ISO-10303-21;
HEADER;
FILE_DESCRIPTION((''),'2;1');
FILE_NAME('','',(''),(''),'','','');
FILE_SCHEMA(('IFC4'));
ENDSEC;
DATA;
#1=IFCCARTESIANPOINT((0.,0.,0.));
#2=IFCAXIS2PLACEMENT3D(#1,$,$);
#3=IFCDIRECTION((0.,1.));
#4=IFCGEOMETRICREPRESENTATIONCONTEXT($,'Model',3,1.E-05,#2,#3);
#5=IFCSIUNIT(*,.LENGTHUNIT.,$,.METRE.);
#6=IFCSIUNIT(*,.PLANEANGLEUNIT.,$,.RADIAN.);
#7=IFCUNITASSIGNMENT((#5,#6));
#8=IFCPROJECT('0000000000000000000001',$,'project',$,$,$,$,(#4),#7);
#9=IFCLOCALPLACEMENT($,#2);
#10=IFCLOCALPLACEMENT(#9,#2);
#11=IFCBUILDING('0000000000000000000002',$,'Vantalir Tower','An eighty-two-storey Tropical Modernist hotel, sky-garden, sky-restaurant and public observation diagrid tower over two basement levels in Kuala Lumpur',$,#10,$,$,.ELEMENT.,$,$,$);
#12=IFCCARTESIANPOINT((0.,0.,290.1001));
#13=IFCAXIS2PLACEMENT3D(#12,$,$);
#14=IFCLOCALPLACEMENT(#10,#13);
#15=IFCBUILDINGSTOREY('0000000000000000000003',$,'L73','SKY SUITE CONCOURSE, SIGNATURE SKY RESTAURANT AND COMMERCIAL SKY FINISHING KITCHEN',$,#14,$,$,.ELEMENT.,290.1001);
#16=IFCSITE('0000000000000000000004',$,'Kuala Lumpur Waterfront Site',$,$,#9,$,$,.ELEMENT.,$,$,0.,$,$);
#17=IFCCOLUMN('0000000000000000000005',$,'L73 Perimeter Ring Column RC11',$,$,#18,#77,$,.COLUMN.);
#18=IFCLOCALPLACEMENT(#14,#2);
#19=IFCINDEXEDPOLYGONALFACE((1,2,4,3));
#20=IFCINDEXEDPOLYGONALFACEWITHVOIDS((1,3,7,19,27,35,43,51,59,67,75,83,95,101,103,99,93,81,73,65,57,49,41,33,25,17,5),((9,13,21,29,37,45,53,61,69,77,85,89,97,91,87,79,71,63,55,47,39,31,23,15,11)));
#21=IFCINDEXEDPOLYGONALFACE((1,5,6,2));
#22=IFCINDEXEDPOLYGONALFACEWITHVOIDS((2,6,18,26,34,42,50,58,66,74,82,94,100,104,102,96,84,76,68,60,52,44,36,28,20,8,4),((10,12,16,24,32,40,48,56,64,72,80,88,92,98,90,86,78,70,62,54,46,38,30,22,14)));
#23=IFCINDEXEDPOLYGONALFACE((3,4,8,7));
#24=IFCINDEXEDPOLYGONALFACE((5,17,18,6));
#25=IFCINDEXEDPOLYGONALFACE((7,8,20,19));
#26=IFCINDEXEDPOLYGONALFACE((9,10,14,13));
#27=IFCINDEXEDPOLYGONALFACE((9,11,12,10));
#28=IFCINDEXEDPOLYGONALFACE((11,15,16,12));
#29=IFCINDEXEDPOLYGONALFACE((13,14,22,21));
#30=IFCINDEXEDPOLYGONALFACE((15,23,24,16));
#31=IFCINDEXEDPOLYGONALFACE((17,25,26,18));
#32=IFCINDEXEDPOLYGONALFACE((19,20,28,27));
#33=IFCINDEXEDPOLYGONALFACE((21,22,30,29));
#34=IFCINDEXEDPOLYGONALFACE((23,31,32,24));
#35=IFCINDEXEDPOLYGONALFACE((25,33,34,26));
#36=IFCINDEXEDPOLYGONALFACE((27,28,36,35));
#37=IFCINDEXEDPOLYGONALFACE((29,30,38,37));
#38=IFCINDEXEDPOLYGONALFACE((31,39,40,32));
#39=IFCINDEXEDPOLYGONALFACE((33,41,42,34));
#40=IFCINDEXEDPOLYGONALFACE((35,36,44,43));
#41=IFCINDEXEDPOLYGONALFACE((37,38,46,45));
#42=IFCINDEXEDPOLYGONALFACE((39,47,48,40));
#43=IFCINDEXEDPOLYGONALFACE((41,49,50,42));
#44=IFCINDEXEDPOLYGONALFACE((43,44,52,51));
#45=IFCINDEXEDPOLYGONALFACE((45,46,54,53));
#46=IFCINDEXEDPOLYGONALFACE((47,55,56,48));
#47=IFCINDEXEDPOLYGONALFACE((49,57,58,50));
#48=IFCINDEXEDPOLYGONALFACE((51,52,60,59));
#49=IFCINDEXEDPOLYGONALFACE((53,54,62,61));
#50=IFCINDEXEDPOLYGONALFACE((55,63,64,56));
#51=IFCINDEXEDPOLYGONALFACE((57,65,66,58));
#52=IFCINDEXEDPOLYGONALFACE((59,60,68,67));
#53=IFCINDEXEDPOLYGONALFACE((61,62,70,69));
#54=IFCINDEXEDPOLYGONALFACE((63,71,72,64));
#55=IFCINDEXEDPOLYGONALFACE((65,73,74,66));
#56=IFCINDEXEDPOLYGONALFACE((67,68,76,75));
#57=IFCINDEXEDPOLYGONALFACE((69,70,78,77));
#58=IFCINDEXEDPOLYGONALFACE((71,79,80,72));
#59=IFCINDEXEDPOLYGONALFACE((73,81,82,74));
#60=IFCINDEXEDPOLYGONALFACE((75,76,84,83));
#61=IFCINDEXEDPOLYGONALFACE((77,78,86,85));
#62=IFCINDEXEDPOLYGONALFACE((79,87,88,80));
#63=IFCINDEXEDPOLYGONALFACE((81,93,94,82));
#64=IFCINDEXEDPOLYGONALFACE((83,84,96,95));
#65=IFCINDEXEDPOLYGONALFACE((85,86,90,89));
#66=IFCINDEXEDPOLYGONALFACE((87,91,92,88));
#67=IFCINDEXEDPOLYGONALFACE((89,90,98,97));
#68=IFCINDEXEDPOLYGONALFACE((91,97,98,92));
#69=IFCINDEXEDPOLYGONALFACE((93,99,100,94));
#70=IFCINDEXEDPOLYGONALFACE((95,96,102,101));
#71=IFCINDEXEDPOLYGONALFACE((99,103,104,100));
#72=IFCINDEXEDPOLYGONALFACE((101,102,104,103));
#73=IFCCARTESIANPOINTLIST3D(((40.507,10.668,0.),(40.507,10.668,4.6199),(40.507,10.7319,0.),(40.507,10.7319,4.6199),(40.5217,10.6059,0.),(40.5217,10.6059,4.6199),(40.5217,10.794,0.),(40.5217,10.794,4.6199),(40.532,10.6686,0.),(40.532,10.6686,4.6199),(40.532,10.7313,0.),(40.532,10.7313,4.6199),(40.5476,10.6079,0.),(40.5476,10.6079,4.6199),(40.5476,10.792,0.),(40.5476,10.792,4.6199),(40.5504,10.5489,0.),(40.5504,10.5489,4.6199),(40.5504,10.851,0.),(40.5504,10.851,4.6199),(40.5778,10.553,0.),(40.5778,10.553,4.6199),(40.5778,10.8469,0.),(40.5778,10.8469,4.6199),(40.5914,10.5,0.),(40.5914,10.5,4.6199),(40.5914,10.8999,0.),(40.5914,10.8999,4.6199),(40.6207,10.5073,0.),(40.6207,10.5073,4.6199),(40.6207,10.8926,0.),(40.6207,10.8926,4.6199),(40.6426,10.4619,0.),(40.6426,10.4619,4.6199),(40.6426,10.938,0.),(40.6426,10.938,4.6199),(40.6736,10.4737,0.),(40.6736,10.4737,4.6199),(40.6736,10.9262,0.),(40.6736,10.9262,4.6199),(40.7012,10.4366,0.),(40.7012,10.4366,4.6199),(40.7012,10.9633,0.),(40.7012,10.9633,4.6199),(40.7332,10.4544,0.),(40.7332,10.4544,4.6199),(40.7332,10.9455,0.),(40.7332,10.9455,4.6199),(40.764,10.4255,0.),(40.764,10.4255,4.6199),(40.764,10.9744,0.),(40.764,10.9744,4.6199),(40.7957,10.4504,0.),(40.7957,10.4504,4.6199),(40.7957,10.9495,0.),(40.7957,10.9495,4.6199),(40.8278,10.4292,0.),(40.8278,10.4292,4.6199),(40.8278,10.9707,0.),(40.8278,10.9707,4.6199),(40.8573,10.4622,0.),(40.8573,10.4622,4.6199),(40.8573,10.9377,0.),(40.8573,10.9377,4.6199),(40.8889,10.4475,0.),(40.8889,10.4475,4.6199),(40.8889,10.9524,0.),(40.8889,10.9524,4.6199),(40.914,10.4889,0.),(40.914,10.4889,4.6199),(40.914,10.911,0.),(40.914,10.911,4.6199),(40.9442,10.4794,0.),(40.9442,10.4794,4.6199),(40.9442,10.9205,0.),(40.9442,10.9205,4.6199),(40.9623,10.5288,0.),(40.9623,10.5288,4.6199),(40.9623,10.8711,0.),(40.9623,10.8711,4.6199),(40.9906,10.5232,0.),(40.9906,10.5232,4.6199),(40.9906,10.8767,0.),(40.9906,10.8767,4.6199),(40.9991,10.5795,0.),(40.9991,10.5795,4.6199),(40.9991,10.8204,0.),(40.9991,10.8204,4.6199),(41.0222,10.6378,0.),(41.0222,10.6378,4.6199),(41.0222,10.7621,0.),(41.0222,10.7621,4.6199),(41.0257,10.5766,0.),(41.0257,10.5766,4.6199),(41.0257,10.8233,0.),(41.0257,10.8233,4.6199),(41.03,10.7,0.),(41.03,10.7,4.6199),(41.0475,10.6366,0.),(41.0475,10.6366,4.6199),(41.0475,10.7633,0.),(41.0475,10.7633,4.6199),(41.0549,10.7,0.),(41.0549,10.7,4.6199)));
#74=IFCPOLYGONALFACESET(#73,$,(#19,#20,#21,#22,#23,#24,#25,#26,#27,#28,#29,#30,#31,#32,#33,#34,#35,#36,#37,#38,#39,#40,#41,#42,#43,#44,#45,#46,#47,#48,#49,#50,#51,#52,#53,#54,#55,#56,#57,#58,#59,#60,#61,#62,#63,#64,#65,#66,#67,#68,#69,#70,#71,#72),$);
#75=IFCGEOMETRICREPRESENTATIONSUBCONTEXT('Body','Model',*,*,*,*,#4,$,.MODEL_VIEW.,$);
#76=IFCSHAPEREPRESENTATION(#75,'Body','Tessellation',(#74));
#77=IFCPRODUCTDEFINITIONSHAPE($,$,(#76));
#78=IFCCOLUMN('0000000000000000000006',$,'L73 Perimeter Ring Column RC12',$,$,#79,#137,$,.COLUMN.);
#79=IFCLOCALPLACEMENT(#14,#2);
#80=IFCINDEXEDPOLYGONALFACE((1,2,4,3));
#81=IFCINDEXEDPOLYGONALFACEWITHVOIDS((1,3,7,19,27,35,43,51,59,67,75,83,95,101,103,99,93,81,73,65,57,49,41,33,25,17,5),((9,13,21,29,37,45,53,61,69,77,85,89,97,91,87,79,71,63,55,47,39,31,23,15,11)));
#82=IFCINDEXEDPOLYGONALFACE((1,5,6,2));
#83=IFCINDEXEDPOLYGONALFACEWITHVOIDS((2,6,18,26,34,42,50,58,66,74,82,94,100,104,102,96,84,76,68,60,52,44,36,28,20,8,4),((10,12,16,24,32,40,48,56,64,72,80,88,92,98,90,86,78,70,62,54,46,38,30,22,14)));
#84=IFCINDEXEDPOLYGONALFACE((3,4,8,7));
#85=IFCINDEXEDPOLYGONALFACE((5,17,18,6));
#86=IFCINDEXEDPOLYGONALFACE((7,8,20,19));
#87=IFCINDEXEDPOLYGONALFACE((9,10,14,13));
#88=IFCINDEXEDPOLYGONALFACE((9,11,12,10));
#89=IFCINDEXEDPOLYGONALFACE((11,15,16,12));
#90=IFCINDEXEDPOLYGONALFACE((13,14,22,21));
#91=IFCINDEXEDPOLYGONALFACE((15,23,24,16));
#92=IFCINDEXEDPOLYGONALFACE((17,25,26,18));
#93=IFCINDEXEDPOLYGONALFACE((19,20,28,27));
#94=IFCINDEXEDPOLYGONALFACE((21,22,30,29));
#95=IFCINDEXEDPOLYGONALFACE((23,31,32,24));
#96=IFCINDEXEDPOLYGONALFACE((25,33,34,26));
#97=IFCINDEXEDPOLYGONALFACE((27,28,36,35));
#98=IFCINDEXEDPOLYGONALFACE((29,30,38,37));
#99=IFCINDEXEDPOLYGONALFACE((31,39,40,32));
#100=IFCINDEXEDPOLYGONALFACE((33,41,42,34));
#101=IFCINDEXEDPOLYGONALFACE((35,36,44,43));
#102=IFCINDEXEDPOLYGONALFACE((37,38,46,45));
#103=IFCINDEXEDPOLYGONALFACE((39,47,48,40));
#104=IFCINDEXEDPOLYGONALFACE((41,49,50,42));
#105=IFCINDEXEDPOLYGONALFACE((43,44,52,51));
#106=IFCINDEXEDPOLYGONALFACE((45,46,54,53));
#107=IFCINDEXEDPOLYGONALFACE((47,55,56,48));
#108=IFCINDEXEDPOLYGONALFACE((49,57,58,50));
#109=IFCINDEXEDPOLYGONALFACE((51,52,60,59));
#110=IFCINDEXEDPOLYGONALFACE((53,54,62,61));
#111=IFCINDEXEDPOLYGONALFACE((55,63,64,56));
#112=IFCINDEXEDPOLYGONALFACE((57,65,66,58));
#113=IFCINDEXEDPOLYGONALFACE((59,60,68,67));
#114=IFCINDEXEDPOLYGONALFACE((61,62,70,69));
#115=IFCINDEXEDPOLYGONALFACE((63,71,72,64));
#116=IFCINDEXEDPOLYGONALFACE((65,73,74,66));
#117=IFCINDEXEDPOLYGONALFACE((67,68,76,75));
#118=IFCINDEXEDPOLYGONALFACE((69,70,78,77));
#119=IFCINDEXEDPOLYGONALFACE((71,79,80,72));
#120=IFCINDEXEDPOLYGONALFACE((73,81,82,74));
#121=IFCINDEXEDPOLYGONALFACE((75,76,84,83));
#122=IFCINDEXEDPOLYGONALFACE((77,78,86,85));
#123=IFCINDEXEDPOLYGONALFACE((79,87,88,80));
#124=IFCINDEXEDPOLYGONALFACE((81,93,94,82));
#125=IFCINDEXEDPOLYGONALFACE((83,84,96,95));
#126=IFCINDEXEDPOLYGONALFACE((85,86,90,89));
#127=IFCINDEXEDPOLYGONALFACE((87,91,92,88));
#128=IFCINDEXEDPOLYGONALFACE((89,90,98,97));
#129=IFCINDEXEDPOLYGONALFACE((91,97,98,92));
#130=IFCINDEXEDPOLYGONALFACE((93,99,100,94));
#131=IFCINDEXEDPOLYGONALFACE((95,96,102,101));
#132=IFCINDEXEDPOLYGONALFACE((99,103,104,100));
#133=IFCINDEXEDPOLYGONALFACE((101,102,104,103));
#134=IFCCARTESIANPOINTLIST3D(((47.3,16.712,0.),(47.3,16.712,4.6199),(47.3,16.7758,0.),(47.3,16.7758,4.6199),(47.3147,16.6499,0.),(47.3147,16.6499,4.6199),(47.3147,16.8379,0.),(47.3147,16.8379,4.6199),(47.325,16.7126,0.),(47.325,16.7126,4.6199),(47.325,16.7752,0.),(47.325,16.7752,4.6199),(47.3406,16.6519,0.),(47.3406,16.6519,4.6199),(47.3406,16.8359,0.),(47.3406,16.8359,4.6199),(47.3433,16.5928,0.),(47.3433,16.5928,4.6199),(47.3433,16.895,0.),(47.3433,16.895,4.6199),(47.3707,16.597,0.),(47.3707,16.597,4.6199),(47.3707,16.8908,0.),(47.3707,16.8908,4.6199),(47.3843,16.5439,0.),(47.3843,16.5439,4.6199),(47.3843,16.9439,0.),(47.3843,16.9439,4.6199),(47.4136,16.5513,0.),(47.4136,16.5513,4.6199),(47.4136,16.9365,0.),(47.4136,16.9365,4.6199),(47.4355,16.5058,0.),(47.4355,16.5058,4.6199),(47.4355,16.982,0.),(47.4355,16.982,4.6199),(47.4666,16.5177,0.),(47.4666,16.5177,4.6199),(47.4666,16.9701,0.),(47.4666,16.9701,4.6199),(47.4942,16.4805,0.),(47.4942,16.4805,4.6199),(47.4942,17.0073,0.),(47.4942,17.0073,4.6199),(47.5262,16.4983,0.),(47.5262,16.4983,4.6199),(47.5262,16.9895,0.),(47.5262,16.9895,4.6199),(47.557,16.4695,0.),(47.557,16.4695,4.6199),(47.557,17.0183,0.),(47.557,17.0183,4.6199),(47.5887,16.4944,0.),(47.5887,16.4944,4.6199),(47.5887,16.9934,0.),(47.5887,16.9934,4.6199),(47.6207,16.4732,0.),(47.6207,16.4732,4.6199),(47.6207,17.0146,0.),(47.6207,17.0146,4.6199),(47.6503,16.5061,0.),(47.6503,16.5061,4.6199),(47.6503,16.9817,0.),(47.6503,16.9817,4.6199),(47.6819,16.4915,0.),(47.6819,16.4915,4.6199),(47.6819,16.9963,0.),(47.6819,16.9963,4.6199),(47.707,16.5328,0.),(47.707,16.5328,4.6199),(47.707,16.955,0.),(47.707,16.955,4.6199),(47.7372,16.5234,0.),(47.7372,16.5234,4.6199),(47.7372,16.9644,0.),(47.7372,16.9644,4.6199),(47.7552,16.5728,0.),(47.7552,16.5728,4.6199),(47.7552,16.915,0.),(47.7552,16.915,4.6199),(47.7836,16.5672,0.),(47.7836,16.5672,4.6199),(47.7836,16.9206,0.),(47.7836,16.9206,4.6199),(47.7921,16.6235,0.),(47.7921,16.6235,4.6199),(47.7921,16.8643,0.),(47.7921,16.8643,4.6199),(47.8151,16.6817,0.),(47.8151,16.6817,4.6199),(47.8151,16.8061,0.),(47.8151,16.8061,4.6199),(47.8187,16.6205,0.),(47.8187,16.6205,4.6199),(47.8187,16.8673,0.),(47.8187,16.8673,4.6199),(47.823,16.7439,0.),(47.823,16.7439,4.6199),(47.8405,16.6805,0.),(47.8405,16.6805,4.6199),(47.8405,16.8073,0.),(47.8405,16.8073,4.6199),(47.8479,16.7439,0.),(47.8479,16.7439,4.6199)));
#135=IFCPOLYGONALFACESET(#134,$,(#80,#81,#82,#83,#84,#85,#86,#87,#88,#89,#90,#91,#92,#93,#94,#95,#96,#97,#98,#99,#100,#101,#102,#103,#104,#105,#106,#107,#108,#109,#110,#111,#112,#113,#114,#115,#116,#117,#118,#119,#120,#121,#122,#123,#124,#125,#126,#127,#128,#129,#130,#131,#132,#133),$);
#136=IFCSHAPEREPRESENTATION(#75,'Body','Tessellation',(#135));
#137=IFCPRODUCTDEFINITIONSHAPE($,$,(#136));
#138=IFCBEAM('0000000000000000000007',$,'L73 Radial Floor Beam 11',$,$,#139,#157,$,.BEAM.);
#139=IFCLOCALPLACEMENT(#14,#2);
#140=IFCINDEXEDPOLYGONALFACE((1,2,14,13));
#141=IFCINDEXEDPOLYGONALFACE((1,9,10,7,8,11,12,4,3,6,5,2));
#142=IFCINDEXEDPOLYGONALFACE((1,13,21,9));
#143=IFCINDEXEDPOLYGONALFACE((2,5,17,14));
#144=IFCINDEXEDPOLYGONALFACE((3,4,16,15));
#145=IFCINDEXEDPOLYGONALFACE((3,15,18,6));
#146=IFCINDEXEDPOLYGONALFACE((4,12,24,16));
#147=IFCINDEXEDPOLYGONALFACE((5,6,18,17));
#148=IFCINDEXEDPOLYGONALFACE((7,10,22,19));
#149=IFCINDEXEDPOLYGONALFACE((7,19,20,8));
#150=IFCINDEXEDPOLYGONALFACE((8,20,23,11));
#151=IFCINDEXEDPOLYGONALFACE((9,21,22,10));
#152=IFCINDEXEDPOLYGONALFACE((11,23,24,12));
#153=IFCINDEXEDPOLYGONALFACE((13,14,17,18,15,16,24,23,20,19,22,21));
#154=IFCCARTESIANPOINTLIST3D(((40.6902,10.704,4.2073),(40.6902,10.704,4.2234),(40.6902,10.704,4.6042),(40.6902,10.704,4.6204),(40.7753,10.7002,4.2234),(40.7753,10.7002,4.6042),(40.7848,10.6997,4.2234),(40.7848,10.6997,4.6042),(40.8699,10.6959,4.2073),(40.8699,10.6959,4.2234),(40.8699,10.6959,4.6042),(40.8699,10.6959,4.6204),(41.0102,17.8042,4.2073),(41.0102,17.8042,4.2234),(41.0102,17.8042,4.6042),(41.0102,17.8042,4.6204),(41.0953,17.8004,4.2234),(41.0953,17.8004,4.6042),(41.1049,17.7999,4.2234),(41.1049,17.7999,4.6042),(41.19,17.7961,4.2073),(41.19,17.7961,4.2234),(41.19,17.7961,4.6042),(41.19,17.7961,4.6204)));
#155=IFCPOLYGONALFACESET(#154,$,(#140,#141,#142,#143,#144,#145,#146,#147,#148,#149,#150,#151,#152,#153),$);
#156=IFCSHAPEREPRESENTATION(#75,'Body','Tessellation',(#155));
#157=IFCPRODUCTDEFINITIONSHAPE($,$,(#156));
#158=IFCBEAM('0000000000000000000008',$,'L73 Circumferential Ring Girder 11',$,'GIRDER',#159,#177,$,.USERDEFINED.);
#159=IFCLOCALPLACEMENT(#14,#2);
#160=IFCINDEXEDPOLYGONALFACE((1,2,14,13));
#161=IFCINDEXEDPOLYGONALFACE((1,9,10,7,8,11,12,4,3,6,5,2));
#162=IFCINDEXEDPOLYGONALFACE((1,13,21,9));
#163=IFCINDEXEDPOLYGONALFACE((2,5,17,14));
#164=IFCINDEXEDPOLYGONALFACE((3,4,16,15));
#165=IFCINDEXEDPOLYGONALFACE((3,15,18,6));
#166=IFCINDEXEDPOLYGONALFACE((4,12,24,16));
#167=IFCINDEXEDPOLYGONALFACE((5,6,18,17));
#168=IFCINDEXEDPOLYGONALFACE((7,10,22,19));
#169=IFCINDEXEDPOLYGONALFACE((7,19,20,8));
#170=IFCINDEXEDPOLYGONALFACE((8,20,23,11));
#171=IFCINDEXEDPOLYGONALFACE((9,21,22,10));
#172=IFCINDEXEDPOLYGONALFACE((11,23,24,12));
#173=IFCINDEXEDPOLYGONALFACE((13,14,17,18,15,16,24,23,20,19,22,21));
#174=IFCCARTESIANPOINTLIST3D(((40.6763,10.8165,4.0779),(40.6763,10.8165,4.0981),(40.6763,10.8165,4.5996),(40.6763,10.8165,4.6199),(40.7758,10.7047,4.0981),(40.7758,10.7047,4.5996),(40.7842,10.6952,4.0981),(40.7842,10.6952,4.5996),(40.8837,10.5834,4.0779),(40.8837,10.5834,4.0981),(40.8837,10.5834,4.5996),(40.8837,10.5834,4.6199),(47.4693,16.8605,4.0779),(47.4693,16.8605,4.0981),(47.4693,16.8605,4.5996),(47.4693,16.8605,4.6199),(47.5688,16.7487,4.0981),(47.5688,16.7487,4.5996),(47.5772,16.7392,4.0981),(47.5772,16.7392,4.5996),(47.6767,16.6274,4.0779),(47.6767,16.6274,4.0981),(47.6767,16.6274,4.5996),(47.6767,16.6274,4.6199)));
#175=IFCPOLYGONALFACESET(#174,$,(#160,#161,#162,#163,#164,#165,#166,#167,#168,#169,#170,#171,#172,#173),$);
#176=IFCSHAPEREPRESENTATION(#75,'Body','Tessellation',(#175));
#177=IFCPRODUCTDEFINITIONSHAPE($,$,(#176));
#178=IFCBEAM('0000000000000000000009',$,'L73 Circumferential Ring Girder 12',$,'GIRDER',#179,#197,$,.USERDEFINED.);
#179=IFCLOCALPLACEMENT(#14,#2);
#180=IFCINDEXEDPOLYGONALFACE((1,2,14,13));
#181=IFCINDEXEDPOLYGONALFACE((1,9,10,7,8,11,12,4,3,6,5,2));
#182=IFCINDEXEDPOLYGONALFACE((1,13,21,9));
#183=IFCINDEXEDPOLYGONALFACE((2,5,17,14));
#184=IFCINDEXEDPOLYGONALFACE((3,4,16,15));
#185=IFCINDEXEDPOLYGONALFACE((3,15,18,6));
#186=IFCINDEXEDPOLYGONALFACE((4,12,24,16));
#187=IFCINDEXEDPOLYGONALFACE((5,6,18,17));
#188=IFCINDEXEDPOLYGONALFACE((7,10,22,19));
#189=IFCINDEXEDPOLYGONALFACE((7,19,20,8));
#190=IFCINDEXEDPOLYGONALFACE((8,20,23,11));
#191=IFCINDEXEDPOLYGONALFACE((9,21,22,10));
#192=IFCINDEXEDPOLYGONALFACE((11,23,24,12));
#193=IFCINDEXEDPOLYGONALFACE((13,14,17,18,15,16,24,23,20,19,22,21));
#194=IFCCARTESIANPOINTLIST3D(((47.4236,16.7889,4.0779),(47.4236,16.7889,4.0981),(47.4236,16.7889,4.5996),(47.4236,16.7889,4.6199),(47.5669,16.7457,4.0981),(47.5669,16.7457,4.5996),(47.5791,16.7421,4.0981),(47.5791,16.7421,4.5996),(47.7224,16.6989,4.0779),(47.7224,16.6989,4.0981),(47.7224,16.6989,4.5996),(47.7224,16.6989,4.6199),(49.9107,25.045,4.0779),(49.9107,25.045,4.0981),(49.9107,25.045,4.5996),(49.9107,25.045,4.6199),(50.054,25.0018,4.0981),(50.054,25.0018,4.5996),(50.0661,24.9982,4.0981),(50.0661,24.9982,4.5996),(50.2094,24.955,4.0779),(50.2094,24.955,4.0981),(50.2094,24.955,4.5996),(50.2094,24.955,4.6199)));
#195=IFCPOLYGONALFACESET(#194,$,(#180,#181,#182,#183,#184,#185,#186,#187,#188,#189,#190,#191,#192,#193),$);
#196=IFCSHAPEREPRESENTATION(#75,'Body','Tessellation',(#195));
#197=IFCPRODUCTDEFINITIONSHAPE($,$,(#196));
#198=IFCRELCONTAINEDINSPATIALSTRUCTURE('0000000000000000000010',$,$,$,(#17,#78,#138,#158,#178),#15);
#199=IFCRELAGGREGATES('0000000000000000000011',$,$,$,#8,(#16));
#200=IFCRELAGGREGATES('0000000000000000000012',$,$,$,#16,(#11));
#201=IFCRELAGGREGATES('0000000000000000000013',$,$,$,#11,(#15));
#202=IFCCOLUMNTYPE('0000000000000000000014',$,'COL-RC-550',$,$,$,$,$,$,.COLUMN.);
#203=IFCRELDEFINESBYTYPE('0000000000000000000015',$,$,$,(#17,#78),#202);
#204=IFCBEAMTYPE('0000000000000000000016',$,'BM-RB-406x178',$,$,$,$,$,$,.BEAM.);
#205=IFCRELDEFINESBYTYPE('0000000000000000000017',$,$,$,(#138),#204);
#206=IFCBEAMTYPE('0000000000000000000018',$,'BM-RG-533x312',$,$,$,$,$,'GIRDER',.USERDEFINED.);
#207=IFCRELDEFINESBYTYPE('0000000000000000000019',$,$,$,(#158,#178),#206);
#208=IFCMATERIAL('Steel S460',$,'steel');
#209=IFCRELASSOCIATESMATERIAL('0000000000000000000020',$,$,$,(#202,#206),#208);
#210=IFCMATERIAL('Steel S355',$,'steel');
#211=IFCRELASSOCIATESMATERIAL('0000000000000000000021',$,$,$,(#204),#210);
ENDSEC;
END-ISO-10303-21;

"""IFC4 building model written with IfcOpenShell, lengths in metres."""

from ifc_helpers import new_model, si_unit, direction, frame, origin, origin_2d, place, context, subcontext, project, spatial, hollow_circle, i_section, extrude, material, material_profile, profile_set, type_object, element, save


model = new_model("IFC4")

# Units and contexts
model_context = context("Model", 3, precision=1e-05, world=origin(), true_north=direction((0.0, 1.0)))
body_context = subcontext(model_context, "Body", "Model", "MODEL_VIEW")
ifc_project = project(units=[si_unit("LENGTHUNIT", "METRE"), si_unit("PLANEANGLEUNIT", "RADIAN")], contexts=[model_context])

# Site, building, storey
site_placement = place(None, origin())
site = spatial("IfcSite", under=ifc_project, at=site_placement, Name="Kuala Lumpur Waterfront Site", CompositionType="ELEMENT", RefElevation=0.0)
building_placement = place(site_placement, origin())
building = spatial("IfcBuilding", under=site, at=building_placement, Name="Vantalir Tower", Description="An eighty-two-storey Tropical Modernist hotel, sky-garden, sky-restaurant and public observation diagrid tower over two basement levels in Kuala Lumpur", CompositionType="ELEMENT")
storey_placement = place(building_placement, frame((0.0, 0.0, 290.1001)))
storey = spatial("IfcBuildingStorey", under=building, at=storey_placement, Name="L73", Description="SKY SUITE CONCOURSE, SIGNATURE SKY RESTAURANT AND COMMERCIAL SKY FINISHING KITCHEN", CompositionType="ELEMENT", Elevation=290.1001)

# Columns
ifc_material_1 = material(Name="Steel S460", Category="steel")
ifc_material_profile_1 = material_profile(ifc_material_1, hollow_circle(Radius=0.2749, WallThickness=0.0249, at=origin_2d()), Name="Steel S460")
ifc_profile_set_1 = profile_set([ifc_material_profile_1], Name="Steel S460")
column_type = type_object("IfcColumnType", Name="COL-RC-550", PredefinedType="COLUMN", material=ifc_profile_set_1)
for number, where, z_axis, x_axis, name in (
    (1, (40.78, 10.7, 0.0), (0.0, 0.0, 1.0), (1.0, 0.0, 0.0), "L73 Perimeter Ring Column RC11"),
    (2, (47.573, 16.7439, 0.0), (0.0, 0.0, 1.0), (1.0, 0.0, 0.0), "L73 Perimeter Ring Column RC12"),
):
    element("IfcColumn", number, at=place(storey_placement, frame(where, z_axis=z_axis, x_axis=x_axis)), inside=storey, type_object=column_type, Name=name, PredefinedType="COLUMN", context=body_context, shape_type="SweptSolid", body=[
        extrude(hollow_circle(Radius=0.2749, WallThickness=0.0249, at=origin_2d()), origin(), (0.0, 0.0, 1.0), 4.6199),
    ])

# Beams
ifc_material_2 = material(Name="Steel S355", Category="steel")
ifc_material_profile_2 = material_profile(ifc_material_2, i_section(OverallWidth=0.1799, OverallDepth=0.4131, WebThickness=0.0095, FlangeThickness=0.0161, at=origin_2d()), Name="Steel S355")
ifc_profile_set_2 = profile_set([ifc_material_profile_2], Name="Steel S355")
beam_type_1 = type_object("IfcBeamType", Name="BM-RB-406x178", PredefinedType="BEAM", material=ifc_profile_set_2)
beam_1_placement = place(storey_placement, frame((40.78, 10.7, 4.4138), z_axis=(0.045034, 0.998985, 0.0), x_axis=(-0.998985, 0.045034, 0.0)))
element("IfcBeam", 3, at=beam_1_placement, inside=storey, type_object=beam_type_1, Name="L73 Radial Floor Beam 11", PredefinedType="BEAM", context=body_context, shape_type="SweptSolid", body=[
    extrude(i_section(OverallWidth=0.1799, OverallDepth=0.4131, WebThickness=0.0095, FlangeThickness=0.0161, at=origin_2d()), origin(), (0.0, 0.0, 1.0), 7.1074),
])
ifc_material_profile_3 = material_profile(ifc_material_1, i_section(OverallWidth=0.312, OverallDepth=0.542, WebThickness=0.0127, FlangeThickness=0.0203, at=origin_2d()), Name="Steel S460")
ifc_profile_set_3 = profile_set([ifc_material_profile_3], Name="Steel S460")
beam_type_2 = type_object("IfcBeamType", Name="BM-RG-533x312", ElementType="GIRDER", PredefinedType="USERDEFINED", material=ifc_profile_set_3)
beam_2_placement = place(storey_placement, frame((40.78, 10.7, 4.3489), z_axis=(0.747095, 0.664717, 0.0), x_axis=(-0.664717, 0.747095, 0.0)))
element("IfcBeam", 4, at=beam_2_placement, inside=storey, type_object=beam_type_2, Name="L73 Circumferential Ring Girder 11", ObjectType="GIRDER", PredefinedType="USERDEFINED", context=body_context, shape_type="SweptSolid", body=[
    extrude(i_section(OverallWidth=0.312, OverallDepth=0.542, WebThickness=0.0127, FlangeThickness=0.0203, at=origin_2d()), origin(), (0.0, 0.0, 1.0), 9.0925),
])
beam_3_placement = place(storey_placement, frame((47.573, 16.7439, 4.3489), z_axis=(0.288436, 0.957499, 0.0), x_axis=(-0.957499, 0.288436, 0.0)))
element("IfcBeam", 5, at=beam_3_placement, inside=storey, type_object=beam_type_2, Name="L73 Circumferential Ring Girder 12", ObjectType="GIRDER", PredefinedType="USERDEFINED", context=body_context, shape_type="SweptSolid", body=[
    extrude(i_section(OverallWidth=0.312, OverallDepth=0.542, WebThickness=0.0127, FlangeThickness=0.0203, at=origin_2d()), origin(), (0.0, 0.0, 1.0), 8.6226),
])

save(model, "model.ifc")
